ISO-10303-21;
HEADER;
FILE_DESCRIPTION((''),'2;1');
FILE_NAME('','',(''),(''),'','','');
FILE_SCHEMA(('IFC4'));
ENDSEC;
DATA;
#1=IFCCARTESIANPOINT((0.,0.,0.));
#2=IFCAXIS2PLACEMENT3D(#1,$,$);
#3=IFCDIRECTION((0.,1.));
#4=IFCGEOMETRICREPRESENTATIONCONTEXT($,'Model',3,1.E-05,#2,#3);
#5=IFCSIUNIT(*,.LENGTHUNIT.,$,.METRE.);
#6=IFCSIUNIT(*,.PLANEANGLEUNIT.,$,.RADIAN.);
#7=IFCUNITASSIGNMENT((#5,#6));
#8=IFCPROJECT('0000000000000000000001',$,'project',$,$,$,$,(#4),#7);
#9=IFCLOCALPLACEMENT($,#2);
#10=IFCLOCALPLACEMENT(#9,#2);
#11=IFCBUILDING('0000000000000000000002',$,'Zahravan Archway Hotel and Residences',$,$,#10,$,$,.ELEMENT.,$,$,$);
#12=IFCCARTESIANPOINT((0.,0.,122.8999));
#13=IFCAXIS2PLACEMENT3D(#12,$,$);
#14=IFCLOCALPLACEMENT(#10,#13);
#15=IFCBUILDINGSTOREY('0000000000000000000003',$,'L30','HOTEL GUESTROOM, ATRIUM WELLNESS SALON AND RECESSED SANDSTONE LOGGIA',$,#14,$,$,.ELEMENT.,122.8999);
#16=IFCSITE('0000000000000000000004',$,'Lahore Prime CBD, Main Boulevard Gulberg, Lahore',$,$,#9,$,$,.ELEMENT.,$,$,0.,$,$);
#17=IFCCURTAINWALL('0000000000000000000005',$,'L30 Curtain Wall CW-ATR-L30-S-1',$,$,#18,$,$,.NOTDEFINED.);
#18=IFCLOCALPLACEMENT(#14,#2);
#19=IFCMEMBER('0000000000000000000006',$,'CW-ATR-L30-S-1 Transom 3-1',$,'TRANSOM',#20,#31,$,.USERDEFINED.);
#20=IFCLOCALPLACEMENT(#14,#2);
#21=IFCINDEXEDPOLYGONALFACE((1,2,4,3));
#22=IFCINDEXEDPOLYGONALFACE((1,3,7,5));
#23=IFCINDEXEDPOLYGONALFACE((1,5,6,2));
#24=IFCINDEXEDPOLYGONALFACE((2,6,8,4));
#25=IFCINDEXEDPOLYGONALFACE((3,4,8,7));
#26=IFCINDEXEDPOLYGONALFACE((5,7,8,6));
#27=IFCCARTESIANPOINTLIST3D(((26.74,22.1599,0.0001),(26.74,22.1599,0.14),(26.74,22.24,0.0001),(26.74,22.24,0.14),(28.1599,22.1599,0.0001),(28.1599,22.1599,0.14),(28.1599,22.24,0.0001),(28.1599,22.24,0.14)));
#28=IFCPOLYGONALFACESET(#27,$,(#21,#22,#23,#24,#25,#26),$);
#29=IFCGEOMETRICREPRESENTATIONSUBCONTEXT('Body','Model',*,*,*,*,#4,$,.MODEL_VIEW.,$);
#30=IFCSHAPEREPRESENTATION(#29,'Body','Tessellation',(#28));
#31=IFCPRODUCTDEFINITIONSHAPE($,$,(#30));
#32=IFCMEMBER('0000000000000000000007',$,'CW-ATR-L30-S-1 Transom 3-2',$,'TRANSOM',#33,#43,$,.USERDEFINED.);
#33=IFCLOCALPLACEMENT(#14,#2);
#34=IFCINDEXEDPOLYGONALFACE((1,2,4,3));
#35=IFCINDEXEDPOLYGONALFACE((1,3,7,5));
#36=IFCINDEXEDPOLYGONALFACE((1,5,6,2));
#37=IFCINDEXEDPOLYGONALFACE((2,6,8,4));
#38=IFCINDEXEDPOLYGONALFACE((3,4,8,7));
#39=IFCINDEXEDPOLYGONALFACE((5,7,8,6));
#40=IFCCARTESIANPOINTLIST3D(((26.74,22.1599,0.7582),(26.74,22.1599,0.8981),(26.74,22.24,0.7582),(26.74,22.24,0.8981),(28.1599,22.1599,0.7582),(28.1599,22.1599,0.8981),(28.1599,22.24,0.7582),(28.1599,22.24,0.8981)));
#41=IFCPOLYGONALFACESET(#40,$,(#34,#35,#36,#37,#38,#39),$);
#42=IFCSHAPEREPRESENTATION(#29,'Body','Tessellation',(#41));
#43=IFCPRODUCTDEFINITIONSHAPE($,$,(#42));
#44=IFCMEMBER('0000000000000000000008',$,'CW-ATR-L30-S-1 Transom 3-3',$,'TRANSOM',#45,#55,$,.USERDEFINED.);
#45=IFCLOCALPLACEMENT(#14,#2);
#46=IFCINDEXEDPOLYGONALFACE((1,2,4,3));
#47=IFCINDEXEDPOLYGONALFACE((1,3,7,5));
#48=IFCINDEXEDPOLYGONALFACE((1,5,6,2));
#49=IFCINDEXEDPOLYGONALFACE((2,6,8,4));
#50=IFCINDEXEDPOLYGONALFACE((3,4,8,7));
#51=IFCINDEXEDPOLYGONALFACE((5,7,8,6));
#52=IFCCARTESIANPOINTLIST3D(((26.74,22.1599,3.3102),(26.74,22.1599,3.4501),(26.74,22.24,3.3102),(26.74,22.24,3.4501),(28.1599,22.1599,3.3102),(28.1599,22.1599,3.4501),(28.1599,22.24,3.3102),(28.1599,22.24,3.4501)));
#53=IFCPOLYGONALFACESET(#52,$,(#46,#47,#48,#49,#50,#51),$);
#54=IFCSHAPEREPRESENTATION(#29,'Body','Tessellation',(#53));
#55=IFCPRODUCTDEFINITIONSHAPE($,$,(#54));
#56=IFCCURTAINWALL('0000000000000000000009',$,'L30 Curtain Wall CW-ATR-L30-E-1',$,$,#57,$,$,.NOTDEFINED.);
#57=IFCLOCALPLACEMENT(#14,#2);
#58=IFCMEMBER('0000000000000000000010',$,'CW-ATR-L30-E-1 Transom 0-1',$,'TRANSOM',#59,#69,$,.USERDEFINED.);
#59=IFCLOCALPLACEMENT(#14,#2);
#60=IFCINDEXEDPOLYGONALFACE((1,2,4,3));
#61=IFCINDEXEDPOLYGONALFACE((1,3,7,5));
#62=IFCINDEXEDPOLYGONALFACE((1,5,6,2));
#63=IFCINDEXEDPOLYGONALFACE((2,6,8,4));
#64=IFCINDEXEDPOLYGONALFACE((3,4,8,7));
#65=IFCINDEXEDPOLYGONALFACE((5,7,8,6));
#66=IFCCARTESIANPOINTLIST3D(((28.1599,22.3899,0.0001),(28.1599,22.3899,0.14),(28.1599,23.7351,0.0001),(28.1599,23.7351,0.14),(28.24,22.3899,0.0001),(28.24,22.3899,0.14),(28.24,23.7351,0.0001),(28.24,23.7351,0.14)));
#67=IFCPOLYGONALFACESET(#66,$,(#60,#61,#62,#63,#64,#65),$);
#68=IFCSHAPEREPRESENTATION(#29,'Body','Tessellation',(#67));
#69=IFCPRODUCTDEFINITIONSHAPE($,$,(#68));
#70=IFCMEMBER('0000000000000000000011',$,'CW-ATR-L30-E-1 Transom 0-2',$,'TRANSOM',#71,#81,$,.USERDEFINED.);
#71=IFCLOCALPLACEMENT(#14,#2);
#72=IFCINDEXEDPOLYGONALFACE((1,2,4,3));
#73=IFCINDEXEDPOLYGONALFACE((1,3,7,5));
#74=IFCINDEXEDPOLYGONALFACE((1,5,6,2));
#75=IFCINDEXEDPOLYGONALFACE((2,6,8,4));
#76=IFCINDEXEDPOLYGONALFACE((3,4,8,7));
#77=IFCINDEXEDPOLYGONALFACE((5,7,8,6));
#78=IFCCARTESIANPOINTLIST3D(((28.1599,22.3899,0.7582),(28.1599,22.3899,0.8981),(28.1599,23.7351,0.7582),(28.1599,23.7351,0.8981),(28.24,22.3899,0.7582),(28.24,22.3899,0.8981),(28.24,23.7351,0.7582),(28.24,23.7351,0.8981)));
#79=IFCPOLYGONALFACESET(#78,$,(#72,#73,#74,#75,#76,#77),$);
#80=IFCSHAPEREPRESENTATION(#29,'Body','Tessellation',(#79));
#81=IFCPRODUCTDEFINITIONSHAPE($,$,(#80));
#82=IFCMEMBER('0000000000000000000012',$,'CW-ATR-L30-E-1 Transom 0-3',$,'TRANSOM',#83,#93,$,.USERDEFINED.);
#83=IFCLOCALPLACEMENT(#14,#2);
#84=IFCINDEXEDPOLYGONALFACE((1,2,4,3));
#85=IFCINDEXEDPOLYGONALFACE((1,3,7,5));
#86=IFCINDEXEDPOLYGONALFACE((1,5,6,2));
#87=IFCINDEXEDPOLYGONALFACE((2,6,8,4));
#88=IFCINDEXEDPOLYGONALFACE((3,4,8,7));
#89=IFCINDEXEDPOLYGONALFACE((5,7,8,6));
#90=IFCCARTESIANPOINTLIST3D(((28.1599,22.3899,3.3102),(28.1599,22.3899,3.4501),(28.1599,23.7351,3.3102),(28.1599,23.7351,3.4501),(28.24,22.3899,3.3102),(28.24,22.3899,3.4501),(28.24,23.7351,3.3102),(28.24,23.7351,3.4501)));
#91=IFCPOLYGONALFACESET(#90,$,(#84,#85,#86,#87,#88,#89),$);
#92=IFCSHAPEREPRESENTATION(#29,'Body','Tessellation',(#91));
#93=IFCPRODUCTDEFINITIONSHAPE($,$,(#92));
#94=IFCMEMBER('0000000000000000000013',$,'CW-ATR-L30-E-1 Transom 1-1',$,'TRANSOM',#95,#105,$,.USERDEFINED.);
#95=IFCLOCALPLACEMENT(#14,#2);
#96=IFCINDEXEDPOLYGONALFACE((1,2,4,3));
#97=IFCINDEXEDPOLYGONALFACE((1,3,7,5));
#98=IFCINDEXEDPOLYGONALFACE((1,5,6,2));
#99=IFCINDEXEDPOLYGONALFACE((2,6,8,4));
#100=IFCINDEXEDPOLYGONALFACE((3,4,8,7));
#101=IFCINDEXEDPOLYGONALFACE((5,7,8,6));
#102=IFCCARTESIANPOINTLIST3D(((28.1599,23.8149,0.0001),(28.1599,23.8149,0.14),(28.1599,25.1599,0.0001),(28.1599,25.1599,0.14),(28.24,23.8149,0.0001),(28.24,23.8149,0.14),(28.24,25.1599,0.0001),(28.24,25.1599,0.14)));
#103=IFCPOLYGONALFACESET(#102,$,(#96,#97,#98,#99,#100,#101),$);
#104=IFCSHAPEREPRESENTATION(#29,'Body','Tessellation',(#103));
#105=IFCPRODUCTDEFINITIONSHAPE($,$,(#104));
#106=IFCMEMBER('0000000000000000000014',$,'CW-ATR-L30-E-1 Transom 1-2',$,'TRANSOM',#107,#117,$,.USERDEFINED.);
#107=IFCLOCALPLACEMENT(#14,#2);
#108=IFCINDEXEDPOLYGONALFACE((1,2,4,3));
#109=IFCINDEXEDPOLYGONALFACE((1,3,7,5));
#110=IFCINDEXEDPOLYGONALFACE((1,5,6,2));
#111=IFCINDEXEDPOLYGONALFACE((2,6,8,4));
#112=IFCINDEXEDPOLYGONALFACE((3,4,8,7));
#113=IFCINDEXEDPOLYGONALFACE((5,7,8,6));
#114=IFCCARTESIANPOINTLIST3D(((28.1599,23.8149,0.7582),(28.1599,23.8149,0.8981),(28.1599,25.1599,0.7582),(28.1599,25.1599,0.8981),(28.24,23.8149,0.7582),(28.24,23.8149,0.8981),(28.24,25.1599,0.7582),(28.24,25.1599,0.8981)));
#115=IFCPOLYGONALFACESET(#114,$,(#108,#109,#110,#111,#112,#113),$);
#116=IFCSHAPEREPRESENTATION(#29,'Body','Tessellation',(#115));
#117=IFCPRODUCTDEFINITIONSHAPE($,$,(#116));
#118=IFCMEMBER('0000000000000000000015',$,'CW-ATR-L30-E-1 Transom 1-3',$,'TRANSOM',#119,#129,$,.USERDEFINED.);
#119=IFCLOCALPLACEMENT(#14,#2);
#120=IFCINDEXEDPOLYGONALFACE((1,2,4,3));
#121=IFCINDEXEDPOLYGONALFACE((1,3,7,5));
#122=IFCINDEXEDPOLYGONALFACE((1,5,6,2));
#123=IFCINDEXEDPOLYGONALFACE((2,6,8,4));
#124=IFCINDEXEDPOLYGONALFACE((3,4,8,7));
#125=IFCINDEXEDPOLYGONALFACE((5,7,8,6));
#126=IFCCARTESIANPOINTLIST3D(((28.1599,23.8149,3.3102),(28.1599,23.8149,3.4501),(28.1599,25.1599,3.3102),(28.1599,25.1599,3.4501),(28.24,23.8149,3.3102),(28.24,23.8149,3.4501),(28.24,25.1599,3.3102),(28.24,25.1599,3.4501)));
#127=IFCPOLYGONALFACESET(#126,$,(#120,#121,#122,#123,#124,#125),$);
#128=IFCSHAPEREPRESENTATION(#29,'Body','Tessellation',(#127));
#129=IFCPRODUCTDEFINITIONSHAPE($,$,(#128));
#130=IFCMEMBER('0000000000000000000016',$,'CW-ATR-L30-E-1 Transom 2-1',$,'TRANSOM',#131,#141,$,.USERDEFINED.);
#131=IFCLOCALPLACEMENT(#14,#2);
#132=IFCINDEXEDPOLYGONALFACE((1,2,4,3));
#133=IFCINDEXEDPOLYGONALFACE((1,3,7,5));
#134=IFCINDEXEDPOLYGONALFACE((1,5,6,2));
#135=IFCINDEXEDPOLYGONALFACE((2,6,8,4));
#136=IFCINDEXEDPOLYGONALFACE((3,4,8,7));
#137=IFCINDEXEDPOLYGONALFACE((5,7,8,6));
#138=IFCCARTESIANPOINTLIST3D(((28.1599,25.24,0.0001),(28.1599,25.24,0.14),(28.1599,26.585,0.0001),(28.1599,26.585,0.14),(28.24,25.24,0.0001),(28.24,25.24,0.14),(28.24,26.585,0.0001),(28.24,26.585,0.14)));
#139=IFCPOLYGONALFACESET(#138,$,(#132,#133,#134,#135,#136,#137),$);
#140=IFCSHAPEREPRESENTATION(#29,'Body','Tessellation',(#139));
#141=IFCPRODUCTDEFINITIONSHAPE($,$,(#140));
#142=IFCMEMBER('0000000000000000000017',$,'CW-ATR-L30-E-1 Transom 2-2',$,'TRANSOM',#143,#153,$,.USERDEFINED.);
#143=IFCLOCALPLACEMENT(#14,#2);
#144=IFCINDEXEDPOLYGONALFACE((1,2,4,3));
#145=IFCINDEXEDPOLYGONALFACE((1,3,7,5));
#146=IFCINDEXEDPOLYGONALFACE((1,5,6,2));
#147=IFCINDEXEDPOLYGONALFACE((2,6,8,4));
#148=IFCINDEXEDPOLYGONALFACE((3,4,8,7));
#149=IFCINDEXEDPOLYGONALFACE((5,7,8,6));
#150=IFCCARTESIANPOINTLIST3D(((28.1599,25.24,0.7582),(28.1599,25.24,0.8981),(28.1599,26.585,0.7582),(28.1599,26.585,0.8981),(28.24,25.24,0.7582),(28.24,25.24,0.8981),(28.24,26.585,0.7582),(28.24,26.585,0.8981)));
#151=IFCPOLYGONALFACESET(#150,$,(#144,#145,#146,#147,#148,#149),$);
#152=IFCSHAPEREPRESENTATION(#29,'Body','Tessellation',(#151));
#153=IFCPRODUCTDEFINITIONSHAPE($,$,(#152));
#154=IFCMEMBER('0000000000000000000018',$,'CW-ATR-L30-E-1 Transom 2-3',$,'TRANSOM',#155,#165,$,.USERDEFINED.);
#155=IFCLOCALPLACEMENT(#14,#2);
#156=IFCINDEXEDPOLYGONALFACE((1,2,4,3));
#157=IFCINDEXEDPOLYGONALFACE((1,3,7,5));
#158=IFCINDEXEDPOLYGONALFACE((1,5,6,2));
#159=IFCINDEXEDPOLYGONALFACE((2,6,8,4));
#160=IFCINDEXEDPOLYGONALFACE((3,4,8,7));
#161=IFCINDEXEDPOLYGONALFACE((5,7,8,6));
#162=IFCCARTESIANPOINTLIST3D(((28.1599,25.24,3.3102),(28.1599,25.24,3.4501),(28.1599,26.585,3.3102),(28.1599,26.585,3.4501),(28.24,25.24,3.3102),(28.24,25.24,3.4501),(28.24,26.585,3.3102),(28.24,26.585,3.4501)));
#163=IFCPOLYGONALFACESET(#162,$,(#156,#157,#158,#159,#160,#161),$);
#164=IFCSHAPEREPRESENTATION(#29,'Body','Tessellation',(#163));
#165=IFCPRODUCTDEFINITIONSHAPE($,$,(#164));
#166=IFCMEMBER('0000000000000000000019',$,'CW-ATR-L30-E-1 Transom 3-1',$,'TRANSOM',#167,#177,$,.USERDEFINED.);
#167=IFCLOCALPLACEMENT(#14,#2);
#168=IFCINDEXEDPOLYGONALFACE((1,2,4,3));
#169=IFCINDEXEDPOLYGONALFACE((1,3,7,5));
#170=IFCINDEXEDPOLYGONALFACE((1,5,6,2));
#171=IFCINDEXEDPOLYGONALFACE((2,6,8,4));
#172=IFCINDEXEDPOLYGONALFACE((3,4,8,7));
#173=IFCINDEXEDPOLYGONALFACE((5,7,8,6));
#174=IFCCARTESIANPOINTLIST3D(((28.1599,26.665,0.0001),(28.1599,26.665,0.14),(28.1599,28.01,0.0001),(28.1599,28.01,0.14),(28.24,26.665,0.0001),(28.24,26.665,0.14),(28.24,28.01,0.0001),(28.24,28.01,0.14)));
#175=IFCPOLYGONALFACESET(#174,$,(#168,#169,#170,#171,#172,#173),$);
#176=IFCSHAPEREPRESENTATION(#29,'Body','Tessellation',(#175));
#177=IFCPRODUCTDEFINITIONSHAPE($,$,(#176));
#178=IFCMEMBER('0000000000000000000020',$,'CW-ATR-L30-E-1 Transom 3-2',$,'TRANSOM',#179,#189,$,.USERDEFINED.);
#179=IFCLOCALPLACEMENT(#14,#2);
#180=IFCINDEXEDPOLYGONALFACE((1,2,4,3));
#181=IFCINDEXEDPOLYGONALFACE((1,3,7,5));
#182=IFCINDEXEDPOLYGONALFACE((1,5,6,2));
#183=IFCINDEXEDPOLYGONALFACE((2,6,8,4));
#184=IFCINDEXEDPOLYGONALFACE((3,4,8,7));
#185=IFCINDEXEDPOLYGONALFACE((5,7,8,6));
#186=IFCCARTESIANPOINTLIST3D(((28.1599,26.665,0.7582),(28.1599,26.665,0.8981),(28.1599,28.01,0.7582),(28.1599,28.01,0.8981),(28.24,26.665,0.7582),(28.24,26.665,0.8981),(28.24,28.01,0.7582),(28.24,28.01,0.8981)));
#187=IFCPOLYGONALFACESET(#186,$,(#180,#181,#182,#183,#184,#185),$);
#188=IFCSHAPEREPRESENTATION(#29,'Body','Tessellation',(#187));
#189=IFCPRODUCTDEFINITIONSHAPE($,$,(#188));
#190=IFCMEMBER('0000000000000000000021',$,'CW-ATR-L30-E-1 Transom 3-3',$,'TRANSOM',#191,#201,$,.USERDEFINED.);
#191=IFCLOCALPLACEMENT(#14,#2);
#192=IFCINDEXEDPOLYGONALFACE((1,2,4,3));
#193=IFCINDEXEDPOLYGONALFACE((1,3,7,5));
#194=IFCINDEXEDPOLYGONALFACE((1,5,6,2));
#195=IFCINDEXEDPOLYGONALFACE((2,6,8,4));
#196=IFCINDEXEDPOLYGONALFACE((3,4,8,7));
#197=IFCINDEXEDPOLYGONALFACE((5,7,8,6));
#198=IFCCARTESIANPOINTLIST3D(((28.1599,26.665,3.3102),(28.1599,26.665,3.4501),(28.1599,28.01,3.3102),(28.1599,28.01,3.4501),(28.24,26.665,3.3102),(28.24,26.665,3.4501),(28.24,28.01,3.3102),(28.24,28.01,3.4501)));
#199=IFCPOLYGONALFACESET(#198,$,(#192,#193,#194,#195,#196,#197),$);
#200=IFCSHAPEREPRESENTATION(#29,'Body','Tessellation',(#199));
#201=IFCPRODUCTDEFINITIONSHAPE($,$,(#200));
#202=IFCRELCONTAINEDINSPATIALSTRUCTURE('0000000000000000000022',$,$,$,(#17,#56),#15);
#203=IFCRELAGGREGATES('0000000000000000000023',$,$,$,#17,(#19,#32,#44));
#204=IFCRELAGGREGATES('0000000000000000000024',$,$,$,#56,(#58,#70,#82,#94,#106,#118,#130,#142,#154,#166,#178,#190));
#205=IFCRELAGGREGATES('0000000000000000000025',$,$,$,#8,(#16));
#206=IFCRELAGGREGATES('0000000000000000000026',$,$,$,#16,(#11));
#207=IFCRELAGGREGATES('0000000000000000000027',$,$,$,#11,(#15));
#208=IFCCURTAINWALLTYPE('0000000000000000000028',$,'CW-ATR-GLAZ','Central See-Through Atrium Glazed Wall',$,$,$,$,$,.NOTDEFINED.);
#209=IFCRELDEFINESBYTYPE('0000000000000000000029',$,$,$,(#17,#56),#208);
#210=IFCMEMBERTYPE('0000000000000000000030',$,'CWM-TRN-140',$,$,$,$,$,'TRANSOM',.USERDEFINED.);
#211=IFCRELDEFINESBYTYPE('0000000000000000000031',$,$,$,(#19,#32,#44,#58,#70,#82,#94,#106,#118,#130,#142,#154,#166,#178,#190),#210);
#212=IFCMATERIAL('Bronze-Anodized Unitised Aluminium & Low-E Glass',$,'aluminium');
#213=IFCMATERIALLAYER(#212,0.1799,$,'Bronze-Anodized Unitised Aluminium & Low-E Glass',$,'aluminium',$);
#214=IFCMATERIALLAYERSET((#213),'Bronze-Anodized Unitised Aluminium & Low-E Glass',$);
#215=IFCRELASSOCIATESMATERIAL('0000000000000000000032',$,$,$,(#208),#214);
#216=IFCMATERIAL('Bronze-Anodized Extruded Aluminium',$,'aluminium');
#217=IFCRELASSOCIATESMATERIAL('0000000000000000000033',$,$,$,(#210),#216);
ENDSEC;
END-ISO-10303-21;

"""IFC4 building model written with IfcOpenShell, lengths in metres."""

from ifc_helpers import new_model, si_unit, direction, frame, origin, origin_2d, place, context, subcontext, project, spatial, rectangle, extrude, source, transform, mapped, material, layer, layer_set, material_profile, profile_set, type_object, element, aggregate, save


model = new_model("IFC4")

# Units and contexts
model_context = context("Model", 3, precision=1e-05, world=origin(), true_north=direction((0.0, 1.0)))
body_context = subcontext(model_context, "Body", "Model", "MODEL_VIEW")
ifc_project = project(units=[si_unit("LENGTHUNIT", "METRE"), si_unit("PLANEANGLEUNIT", "RADIAN")], contexts=[model_context])

# Site, building, storey
site_placement = place(None, origin())
site = spatial("IfcSite", under=ifc_project, at=site_placement, Name="Lahore Prime CBD, Main Boulevard Gulberg, Lahore", CompositionType="ELEMENT", RefElevation=0.0)
building_placement = place(site_placement, origin())
building = spatial("IfcBuilding", under=site, at=building_placement, Name="Zahravan Archway Hotel and Residences", CompositionType="ELEMENT")
storey_placement = place(building_placement, frame((0.0, 0.0, 122.8999)))
storey = spatial("IfcBuildingStorey", under=building, at=storey_placement, Name="L30", Description="HOTEL GUESTROOM, ATRIUM WELLNESS SALON AND RECESSED SANDSTONE LOGGIA", CompositionType="ELEMENT", Elevation=122.8999)

# Curtain walls, members
ifc_material_1 = material(Name="Bronze-Anodized Unitised Aluminium & Low-E Glass", Category="aluminium")
ifc_layer_1 = layer(ifc_material_1, 0.1799, Name="Bronze-Anodized Unitised Aluminium & Low-E Glass", Category="aluminium")
ifc_layer_set_1 = layer_set([ifc_layer_1], Name="Bronze-Anodized Unitised Aluminium & Low-E Glass")
curtain_wall_type = type_object("IfcCurtainWallType", Name="CW-ATR-GLAZ", Description="Central See-Through Atrium Glazed Wall", PredefinedType="NOTDEFINED", material=ifc_layer_set_1)
curtain_wall_1_placement = place(storey_placement, origin())
curtain_wall_1 = element("IfcCurtainWall", 1, at=curtain_wall_1_placement, inside=storey, type_object=curtain_wall_type, Name="L30 Curtain Wall CW-ATR-L30-S-1", PredefinedType="NOTDEFINED")
ifc_material_2 = material(Name="Bronze-Anodized Extruded Aluminium", Category="aluminium")
ifc_material_profile_1 = material_profile(ifc_material_2, rectangle(XDim=0.0801, YDim=0.1399, at=origin_2d()), Name="TRN 80x140", Category="aluminium")
ifc_profile_set_1 = profile_set([ifc_material_profile_1], Name="Bronze-Anodized Extruded Aluminium")
member_type_1 = type_object("IfcMemberType", Name="CWM-TRN-140", ElementType="TRANSOM", PredefinedType="USERDEFINED", material=ifc_profile_set_1)
shared_shape_1 = source(origin(), body_context, "Body", "SweptSolid", [
    extrude(rectangle(XDim=0.0801, YDim=0.1399, at=origin_2d()), origin(), (0.0, 0.0, 1.0), 1.4199),
])
member_1_placement = place(storey_placement, frame((26.74, 22.2, 0.0701), z_axis=(1.0, 0.0, 0.0), x_axis=(0.0, 1.0, 0.0)))
member_1 = element("IfcMember", 2, at=member_1_placement, type_object=member_type_1, Name="CW-ATR-L30-S-1 Transom 3-1", ObjectType="TRANSOM", PredefinedType="USERDEFINED", context=body_context, shape_type="MappedRepresentation", body=[
    mapped(shared_shape_1, transform((0.0, 0.0, 0.0), scale=1.0)),
])
member_2_placement = place(storey_placement, frame((26.74, 22.2, 0.8281), z_axis=(1.0, 0.0, 0.0), x_axis=(0.0, 1.0, 0.0)))
member_2 = element("IfcMember", 3, at=member_2_placement, type_object=member_type_1, Name="CW-ATR-L30-S-1 Transom 3-2", ObjectType="TRANSOM", PredefinedType="USERDEFINED", context=body_context, shape_type="MappedRepresentation", body=[
    mapped(shared_shape_1, transform((0.0, 0.0, 0.0), scale=1.0)),
])
member_3_placement = place(storey_placement, frame((26.74, 22.2, 3.3801), z_axis=(1.0, 0.0, 0.0), x_axis=(0.0, 1.0, 0.0)))
member_3 = element("IfcMember", 4, at=member_3_placement, type_object=member_type_1, Name="CW-ATR-L30-S-1 Transom 3-3", ObjectType="TRANSOM", PredefinedType="USERDEFINED", context=body_context, shape_type="MappedRepresentation", body=[
    mapped(shared_shape_1, transform((0.0, 0.0, 0.0), scale=1.0)),
])
curtain_wall_2_placement = place(storey_placement, origin())
curtain_wall_2 = element("IfcCurtainWall", 5, at=curtain_wall_2_placement, inside=storey, type_object=curtain_wall_type, Name="L30 Curtain Wall CW-ATR-L30-E-1", PredefinedType="NOTDEFINED")
shared_shape_2 = source(origin(), body_context, "Body", "SweptSolid", [
    extrude(rectangle(XDim=0.0801, YDim=0.1399, at=origin_2d()), origin(), (0.0, 0.0, 1.0), 1.3452),
])
member_4_placement = place(storey_placement, frame((28.2, 22.3899, 0.0701), z_axis=(0.0, 1.0, 0.0), x_axis=(-1.0, 0.0, 0.0)))
member_4 = element("IfcMember", 6, at=member_4_placement, type_object=member_type_1, Name="CW-ATR-L30-E-1 Transom 0-1", ObjectType="TRANSOM", PredefinedType="USERDEFINED", context=body_context, shape_type="MappedRepresentation", body=[
    mapped(shared_shape_2, transform((0.0, 0.0, 0.0), scale=1.0)),
])
member_5_placement = place(storey_placement, frame((28.2, 22.3899, 0.8281), z_axis=(0.0, 1.0, 0.0), x_axis=(-1.0, 0.0, 0.0)))
member_5 = element("IfcMember", 7, at=member_5_placement, type_object=member_type_1, Name="CW-ATR-L30-E-1 Transom 0-2", ObjectType="TRANSOM", PredefinedType="USERDEFINED", context=body_context, shape_type="MappedRepresentation", body=[
    mapped(shared_shape_2, transform((0.0, 0.0, 0.0), scale=1.0)),
])
member_6_placement = place(storey_placement, frame((28.2, 22.3899, 3.3801), z_axis=(0.0, 1.0, 0.0), x_axis=(-1.0, 0.0, 0.0)))
member_6 = element("IfcMember", 8, at=member_6_placement, type_object=member_type_1, Name="CW-ATR-L30-E-1 Transom 0-3", ObjectType="TRANSOM", PredefinedType="USERDEFINED", context=body_context, shape_type="MappedRepresentation", body=[
    mapped(shared_shape_2, transform((0.0, 0.0, 0.0), scale=1.0)),
])
shared_shape_3 = source(origin(), body_context, "Body", "SweptSolid", [
    extrude(rectangle(XDim=0.0801, YDim=0.1399, at=origin_2d()), origin(), (0.0, 0.0, 1.0), 1.345),
])
member_7_placement = place(storey_placement, frame((28.2, 23.8149, 0.0701), z_axis=(0.0, 1.0, 0.0), x_axis=(-1.0, 0.0, 0.0)))
member_7 = element("IfcMember", 9, at=member_7_placement, type_object=member_type_1, Name="CW-ATR-L30-E-1 Transom 1-1", ObjectType="TRANSOM", PredefinedType="USERDEFINED", context=body_context, shape_type="MappedRepresentation", body=[
    mapped(shared_shape_3, transform((0.0, 0.0, 0.0), scale=1.0)),
])
member_8_placement = place(storey_placement, frame((28.2, 23.8149, 0.8281), z_axis=(0.0, 1.0, 0.0), x_axis=(-1.0, 0.0, 0.0)))
member_8 = element("IfcMember", 10, at=member_8_placement, type_object=member_type_1, Name="CW-ATR-L30-E-1 Transom 1-2", ObjectType="TRANSOM", PredefinedType="USERDEFINED", context=body_context, shape_type="MappedRepresentation", body=[
    mapped(shared_shape_3, transform((0.0, 0.0, 0.0), scale=1.0)),
])
member_9_placement = place(storey_placement, frame((28.2, 23.8149, 3.3801), z_axis=(0.0, 1.0, 0.0), x_axis=(-1.0, 0.0, 0.0)))
member_9 = element("IfcMember", 11, at=member_9_placement, type_object=member_type_1, Name="CW-ATR-L30-E-1 Transom 1-3", ObjectType="TRANSOM", PredefinedType="USERDEFINED", context=body_context, shape_type="MappedRepresentation", body=[
    mapped(shared_shape_3, transform((0.0, 0.0, 0.0), scale=1.0)),
])
member_10_placement = place(storey_placement, frame((28.2, 25.24, 0.0701), z_axis=(0.0, 1.0, 0.0), x_axis=(-1.0, 0.0, 0.0)))
member_10 = element("IfcMember", 12, at=member_10_placement, type_object=member_type_1, Name="CW-ATR-L30-E-1 Transom 2-1", ObjectType="TRANSOM", PredefinedType="USERDEFINED", context=body_context, shape_type="MappedRepresentation", body=[
    mapped(shared_shape_3, transform((0.0, 0.0, 0.0), scale=1.0)),
])
member_11_placement = place(storey_placement, frame((28.2, 25.24, 0.8281), z_axis=(0.0, 1.0, 0.0), x_axis=(-1.0, 0.0, 0.0)))
member_11 = element("IfcMember", 13, at=member_11_placement, type_object=member_type_1, Name="CW-ATR-L30-E-1 Transom 2-2", ObjectType="TRANSOM", PredefinedType="USERDEFINED", context=body_context, shape_type="MappedRepresentation", body=[
    mapped(shared_shape_3, transform((0.0, 0.0, 0.0), scale=1.0)),
])
member_12_placement = place(storey_placement, frame((28.2, 25.24, 3.3801), z_axis=(0.0, 1.0, 0.0), x_axis=(-1.0, 0.0, 0.0)))
member_12 = element("IfcMember", 14, at=member_12_placement, type_object=member_type_1, Name="CW-ATR-L30-E-1 Transom 2-3", ObjectType="TRANSOM", PredefinedType="USERDEFINED", context=body_context, shape_type="MappedRepresentation", body=[
    mapped(shared_shape_3, transform((0.0, 0.0, 0.0), scale=1.0)),
])
member_13_placement = place(storey_placement, frame((28.2, 26.665, 0.0701), z_axis=(0.0, 1.0, 0.0), x_axis=(-1.0, 0.0, 0.0)))
member_13 = element("IfcMember", 15, at=member_13_placement, type_object=member_type_1, Name="CW-ATR-L30-E-1 Transom 3-1", ObjectType="TRANSOM", PredefinedType="USERDEFINED", context=body_context, shape_type="MappedRepresentation", body=[
    mapped(shared_shape_3, transform((0.0, 0.0, 0.0), scale=1.0)),
])
member_14_placement = place(storey_placement, frame((28.2, 26.665, 0.8281), z_axis=(0.0, 1.0, 0.0), x_axis=(-1.0, 0.0, 0.0)))
member_14 = element("IfcMember", 16, at=member_14_placement, type_object=member_type_1, Name="CW-ATR-L30-E-1 Transom 3-2", ObjectType="TRANSOM", PredefinedType="USERDEFINED", context=body_context, shape_type="MappedRepresentation", body=[
    mapped(shared_shape_3, transform((0.0, 0.0, 0.0), scale=1.0)),
])
member_15_placement = place(storey_placement, frame((28.2, 26.665, 3.3801), z_axis=(0.0, 1.0, 0.0), x_axis=(-1.0, 0.0, 0.0)))
member_15 = element("IfcMember", 17, at=member_15_placement, type_object=member_type_1, Name="CW-ATR-L30-E-1 Transom 3-3", ObjectType="TRANSOM", PredefinedType="USERDEFINED", context=body_context, shape_type="MappedRepresentation", body=[
    mapped(shared_shape_3, transform((0.0, 0.0, 0.0), scale=1.0)),
])

aggregate(curtain_wall_1, [member_1, member_2, member_3])
aggregate(curtain_wall_2, [member_4, member_5, member_6, member_7, member_8, member_9, member_10, member_11, member_12, member_13, member_14, member_15])

save(model, "model.ifc")
